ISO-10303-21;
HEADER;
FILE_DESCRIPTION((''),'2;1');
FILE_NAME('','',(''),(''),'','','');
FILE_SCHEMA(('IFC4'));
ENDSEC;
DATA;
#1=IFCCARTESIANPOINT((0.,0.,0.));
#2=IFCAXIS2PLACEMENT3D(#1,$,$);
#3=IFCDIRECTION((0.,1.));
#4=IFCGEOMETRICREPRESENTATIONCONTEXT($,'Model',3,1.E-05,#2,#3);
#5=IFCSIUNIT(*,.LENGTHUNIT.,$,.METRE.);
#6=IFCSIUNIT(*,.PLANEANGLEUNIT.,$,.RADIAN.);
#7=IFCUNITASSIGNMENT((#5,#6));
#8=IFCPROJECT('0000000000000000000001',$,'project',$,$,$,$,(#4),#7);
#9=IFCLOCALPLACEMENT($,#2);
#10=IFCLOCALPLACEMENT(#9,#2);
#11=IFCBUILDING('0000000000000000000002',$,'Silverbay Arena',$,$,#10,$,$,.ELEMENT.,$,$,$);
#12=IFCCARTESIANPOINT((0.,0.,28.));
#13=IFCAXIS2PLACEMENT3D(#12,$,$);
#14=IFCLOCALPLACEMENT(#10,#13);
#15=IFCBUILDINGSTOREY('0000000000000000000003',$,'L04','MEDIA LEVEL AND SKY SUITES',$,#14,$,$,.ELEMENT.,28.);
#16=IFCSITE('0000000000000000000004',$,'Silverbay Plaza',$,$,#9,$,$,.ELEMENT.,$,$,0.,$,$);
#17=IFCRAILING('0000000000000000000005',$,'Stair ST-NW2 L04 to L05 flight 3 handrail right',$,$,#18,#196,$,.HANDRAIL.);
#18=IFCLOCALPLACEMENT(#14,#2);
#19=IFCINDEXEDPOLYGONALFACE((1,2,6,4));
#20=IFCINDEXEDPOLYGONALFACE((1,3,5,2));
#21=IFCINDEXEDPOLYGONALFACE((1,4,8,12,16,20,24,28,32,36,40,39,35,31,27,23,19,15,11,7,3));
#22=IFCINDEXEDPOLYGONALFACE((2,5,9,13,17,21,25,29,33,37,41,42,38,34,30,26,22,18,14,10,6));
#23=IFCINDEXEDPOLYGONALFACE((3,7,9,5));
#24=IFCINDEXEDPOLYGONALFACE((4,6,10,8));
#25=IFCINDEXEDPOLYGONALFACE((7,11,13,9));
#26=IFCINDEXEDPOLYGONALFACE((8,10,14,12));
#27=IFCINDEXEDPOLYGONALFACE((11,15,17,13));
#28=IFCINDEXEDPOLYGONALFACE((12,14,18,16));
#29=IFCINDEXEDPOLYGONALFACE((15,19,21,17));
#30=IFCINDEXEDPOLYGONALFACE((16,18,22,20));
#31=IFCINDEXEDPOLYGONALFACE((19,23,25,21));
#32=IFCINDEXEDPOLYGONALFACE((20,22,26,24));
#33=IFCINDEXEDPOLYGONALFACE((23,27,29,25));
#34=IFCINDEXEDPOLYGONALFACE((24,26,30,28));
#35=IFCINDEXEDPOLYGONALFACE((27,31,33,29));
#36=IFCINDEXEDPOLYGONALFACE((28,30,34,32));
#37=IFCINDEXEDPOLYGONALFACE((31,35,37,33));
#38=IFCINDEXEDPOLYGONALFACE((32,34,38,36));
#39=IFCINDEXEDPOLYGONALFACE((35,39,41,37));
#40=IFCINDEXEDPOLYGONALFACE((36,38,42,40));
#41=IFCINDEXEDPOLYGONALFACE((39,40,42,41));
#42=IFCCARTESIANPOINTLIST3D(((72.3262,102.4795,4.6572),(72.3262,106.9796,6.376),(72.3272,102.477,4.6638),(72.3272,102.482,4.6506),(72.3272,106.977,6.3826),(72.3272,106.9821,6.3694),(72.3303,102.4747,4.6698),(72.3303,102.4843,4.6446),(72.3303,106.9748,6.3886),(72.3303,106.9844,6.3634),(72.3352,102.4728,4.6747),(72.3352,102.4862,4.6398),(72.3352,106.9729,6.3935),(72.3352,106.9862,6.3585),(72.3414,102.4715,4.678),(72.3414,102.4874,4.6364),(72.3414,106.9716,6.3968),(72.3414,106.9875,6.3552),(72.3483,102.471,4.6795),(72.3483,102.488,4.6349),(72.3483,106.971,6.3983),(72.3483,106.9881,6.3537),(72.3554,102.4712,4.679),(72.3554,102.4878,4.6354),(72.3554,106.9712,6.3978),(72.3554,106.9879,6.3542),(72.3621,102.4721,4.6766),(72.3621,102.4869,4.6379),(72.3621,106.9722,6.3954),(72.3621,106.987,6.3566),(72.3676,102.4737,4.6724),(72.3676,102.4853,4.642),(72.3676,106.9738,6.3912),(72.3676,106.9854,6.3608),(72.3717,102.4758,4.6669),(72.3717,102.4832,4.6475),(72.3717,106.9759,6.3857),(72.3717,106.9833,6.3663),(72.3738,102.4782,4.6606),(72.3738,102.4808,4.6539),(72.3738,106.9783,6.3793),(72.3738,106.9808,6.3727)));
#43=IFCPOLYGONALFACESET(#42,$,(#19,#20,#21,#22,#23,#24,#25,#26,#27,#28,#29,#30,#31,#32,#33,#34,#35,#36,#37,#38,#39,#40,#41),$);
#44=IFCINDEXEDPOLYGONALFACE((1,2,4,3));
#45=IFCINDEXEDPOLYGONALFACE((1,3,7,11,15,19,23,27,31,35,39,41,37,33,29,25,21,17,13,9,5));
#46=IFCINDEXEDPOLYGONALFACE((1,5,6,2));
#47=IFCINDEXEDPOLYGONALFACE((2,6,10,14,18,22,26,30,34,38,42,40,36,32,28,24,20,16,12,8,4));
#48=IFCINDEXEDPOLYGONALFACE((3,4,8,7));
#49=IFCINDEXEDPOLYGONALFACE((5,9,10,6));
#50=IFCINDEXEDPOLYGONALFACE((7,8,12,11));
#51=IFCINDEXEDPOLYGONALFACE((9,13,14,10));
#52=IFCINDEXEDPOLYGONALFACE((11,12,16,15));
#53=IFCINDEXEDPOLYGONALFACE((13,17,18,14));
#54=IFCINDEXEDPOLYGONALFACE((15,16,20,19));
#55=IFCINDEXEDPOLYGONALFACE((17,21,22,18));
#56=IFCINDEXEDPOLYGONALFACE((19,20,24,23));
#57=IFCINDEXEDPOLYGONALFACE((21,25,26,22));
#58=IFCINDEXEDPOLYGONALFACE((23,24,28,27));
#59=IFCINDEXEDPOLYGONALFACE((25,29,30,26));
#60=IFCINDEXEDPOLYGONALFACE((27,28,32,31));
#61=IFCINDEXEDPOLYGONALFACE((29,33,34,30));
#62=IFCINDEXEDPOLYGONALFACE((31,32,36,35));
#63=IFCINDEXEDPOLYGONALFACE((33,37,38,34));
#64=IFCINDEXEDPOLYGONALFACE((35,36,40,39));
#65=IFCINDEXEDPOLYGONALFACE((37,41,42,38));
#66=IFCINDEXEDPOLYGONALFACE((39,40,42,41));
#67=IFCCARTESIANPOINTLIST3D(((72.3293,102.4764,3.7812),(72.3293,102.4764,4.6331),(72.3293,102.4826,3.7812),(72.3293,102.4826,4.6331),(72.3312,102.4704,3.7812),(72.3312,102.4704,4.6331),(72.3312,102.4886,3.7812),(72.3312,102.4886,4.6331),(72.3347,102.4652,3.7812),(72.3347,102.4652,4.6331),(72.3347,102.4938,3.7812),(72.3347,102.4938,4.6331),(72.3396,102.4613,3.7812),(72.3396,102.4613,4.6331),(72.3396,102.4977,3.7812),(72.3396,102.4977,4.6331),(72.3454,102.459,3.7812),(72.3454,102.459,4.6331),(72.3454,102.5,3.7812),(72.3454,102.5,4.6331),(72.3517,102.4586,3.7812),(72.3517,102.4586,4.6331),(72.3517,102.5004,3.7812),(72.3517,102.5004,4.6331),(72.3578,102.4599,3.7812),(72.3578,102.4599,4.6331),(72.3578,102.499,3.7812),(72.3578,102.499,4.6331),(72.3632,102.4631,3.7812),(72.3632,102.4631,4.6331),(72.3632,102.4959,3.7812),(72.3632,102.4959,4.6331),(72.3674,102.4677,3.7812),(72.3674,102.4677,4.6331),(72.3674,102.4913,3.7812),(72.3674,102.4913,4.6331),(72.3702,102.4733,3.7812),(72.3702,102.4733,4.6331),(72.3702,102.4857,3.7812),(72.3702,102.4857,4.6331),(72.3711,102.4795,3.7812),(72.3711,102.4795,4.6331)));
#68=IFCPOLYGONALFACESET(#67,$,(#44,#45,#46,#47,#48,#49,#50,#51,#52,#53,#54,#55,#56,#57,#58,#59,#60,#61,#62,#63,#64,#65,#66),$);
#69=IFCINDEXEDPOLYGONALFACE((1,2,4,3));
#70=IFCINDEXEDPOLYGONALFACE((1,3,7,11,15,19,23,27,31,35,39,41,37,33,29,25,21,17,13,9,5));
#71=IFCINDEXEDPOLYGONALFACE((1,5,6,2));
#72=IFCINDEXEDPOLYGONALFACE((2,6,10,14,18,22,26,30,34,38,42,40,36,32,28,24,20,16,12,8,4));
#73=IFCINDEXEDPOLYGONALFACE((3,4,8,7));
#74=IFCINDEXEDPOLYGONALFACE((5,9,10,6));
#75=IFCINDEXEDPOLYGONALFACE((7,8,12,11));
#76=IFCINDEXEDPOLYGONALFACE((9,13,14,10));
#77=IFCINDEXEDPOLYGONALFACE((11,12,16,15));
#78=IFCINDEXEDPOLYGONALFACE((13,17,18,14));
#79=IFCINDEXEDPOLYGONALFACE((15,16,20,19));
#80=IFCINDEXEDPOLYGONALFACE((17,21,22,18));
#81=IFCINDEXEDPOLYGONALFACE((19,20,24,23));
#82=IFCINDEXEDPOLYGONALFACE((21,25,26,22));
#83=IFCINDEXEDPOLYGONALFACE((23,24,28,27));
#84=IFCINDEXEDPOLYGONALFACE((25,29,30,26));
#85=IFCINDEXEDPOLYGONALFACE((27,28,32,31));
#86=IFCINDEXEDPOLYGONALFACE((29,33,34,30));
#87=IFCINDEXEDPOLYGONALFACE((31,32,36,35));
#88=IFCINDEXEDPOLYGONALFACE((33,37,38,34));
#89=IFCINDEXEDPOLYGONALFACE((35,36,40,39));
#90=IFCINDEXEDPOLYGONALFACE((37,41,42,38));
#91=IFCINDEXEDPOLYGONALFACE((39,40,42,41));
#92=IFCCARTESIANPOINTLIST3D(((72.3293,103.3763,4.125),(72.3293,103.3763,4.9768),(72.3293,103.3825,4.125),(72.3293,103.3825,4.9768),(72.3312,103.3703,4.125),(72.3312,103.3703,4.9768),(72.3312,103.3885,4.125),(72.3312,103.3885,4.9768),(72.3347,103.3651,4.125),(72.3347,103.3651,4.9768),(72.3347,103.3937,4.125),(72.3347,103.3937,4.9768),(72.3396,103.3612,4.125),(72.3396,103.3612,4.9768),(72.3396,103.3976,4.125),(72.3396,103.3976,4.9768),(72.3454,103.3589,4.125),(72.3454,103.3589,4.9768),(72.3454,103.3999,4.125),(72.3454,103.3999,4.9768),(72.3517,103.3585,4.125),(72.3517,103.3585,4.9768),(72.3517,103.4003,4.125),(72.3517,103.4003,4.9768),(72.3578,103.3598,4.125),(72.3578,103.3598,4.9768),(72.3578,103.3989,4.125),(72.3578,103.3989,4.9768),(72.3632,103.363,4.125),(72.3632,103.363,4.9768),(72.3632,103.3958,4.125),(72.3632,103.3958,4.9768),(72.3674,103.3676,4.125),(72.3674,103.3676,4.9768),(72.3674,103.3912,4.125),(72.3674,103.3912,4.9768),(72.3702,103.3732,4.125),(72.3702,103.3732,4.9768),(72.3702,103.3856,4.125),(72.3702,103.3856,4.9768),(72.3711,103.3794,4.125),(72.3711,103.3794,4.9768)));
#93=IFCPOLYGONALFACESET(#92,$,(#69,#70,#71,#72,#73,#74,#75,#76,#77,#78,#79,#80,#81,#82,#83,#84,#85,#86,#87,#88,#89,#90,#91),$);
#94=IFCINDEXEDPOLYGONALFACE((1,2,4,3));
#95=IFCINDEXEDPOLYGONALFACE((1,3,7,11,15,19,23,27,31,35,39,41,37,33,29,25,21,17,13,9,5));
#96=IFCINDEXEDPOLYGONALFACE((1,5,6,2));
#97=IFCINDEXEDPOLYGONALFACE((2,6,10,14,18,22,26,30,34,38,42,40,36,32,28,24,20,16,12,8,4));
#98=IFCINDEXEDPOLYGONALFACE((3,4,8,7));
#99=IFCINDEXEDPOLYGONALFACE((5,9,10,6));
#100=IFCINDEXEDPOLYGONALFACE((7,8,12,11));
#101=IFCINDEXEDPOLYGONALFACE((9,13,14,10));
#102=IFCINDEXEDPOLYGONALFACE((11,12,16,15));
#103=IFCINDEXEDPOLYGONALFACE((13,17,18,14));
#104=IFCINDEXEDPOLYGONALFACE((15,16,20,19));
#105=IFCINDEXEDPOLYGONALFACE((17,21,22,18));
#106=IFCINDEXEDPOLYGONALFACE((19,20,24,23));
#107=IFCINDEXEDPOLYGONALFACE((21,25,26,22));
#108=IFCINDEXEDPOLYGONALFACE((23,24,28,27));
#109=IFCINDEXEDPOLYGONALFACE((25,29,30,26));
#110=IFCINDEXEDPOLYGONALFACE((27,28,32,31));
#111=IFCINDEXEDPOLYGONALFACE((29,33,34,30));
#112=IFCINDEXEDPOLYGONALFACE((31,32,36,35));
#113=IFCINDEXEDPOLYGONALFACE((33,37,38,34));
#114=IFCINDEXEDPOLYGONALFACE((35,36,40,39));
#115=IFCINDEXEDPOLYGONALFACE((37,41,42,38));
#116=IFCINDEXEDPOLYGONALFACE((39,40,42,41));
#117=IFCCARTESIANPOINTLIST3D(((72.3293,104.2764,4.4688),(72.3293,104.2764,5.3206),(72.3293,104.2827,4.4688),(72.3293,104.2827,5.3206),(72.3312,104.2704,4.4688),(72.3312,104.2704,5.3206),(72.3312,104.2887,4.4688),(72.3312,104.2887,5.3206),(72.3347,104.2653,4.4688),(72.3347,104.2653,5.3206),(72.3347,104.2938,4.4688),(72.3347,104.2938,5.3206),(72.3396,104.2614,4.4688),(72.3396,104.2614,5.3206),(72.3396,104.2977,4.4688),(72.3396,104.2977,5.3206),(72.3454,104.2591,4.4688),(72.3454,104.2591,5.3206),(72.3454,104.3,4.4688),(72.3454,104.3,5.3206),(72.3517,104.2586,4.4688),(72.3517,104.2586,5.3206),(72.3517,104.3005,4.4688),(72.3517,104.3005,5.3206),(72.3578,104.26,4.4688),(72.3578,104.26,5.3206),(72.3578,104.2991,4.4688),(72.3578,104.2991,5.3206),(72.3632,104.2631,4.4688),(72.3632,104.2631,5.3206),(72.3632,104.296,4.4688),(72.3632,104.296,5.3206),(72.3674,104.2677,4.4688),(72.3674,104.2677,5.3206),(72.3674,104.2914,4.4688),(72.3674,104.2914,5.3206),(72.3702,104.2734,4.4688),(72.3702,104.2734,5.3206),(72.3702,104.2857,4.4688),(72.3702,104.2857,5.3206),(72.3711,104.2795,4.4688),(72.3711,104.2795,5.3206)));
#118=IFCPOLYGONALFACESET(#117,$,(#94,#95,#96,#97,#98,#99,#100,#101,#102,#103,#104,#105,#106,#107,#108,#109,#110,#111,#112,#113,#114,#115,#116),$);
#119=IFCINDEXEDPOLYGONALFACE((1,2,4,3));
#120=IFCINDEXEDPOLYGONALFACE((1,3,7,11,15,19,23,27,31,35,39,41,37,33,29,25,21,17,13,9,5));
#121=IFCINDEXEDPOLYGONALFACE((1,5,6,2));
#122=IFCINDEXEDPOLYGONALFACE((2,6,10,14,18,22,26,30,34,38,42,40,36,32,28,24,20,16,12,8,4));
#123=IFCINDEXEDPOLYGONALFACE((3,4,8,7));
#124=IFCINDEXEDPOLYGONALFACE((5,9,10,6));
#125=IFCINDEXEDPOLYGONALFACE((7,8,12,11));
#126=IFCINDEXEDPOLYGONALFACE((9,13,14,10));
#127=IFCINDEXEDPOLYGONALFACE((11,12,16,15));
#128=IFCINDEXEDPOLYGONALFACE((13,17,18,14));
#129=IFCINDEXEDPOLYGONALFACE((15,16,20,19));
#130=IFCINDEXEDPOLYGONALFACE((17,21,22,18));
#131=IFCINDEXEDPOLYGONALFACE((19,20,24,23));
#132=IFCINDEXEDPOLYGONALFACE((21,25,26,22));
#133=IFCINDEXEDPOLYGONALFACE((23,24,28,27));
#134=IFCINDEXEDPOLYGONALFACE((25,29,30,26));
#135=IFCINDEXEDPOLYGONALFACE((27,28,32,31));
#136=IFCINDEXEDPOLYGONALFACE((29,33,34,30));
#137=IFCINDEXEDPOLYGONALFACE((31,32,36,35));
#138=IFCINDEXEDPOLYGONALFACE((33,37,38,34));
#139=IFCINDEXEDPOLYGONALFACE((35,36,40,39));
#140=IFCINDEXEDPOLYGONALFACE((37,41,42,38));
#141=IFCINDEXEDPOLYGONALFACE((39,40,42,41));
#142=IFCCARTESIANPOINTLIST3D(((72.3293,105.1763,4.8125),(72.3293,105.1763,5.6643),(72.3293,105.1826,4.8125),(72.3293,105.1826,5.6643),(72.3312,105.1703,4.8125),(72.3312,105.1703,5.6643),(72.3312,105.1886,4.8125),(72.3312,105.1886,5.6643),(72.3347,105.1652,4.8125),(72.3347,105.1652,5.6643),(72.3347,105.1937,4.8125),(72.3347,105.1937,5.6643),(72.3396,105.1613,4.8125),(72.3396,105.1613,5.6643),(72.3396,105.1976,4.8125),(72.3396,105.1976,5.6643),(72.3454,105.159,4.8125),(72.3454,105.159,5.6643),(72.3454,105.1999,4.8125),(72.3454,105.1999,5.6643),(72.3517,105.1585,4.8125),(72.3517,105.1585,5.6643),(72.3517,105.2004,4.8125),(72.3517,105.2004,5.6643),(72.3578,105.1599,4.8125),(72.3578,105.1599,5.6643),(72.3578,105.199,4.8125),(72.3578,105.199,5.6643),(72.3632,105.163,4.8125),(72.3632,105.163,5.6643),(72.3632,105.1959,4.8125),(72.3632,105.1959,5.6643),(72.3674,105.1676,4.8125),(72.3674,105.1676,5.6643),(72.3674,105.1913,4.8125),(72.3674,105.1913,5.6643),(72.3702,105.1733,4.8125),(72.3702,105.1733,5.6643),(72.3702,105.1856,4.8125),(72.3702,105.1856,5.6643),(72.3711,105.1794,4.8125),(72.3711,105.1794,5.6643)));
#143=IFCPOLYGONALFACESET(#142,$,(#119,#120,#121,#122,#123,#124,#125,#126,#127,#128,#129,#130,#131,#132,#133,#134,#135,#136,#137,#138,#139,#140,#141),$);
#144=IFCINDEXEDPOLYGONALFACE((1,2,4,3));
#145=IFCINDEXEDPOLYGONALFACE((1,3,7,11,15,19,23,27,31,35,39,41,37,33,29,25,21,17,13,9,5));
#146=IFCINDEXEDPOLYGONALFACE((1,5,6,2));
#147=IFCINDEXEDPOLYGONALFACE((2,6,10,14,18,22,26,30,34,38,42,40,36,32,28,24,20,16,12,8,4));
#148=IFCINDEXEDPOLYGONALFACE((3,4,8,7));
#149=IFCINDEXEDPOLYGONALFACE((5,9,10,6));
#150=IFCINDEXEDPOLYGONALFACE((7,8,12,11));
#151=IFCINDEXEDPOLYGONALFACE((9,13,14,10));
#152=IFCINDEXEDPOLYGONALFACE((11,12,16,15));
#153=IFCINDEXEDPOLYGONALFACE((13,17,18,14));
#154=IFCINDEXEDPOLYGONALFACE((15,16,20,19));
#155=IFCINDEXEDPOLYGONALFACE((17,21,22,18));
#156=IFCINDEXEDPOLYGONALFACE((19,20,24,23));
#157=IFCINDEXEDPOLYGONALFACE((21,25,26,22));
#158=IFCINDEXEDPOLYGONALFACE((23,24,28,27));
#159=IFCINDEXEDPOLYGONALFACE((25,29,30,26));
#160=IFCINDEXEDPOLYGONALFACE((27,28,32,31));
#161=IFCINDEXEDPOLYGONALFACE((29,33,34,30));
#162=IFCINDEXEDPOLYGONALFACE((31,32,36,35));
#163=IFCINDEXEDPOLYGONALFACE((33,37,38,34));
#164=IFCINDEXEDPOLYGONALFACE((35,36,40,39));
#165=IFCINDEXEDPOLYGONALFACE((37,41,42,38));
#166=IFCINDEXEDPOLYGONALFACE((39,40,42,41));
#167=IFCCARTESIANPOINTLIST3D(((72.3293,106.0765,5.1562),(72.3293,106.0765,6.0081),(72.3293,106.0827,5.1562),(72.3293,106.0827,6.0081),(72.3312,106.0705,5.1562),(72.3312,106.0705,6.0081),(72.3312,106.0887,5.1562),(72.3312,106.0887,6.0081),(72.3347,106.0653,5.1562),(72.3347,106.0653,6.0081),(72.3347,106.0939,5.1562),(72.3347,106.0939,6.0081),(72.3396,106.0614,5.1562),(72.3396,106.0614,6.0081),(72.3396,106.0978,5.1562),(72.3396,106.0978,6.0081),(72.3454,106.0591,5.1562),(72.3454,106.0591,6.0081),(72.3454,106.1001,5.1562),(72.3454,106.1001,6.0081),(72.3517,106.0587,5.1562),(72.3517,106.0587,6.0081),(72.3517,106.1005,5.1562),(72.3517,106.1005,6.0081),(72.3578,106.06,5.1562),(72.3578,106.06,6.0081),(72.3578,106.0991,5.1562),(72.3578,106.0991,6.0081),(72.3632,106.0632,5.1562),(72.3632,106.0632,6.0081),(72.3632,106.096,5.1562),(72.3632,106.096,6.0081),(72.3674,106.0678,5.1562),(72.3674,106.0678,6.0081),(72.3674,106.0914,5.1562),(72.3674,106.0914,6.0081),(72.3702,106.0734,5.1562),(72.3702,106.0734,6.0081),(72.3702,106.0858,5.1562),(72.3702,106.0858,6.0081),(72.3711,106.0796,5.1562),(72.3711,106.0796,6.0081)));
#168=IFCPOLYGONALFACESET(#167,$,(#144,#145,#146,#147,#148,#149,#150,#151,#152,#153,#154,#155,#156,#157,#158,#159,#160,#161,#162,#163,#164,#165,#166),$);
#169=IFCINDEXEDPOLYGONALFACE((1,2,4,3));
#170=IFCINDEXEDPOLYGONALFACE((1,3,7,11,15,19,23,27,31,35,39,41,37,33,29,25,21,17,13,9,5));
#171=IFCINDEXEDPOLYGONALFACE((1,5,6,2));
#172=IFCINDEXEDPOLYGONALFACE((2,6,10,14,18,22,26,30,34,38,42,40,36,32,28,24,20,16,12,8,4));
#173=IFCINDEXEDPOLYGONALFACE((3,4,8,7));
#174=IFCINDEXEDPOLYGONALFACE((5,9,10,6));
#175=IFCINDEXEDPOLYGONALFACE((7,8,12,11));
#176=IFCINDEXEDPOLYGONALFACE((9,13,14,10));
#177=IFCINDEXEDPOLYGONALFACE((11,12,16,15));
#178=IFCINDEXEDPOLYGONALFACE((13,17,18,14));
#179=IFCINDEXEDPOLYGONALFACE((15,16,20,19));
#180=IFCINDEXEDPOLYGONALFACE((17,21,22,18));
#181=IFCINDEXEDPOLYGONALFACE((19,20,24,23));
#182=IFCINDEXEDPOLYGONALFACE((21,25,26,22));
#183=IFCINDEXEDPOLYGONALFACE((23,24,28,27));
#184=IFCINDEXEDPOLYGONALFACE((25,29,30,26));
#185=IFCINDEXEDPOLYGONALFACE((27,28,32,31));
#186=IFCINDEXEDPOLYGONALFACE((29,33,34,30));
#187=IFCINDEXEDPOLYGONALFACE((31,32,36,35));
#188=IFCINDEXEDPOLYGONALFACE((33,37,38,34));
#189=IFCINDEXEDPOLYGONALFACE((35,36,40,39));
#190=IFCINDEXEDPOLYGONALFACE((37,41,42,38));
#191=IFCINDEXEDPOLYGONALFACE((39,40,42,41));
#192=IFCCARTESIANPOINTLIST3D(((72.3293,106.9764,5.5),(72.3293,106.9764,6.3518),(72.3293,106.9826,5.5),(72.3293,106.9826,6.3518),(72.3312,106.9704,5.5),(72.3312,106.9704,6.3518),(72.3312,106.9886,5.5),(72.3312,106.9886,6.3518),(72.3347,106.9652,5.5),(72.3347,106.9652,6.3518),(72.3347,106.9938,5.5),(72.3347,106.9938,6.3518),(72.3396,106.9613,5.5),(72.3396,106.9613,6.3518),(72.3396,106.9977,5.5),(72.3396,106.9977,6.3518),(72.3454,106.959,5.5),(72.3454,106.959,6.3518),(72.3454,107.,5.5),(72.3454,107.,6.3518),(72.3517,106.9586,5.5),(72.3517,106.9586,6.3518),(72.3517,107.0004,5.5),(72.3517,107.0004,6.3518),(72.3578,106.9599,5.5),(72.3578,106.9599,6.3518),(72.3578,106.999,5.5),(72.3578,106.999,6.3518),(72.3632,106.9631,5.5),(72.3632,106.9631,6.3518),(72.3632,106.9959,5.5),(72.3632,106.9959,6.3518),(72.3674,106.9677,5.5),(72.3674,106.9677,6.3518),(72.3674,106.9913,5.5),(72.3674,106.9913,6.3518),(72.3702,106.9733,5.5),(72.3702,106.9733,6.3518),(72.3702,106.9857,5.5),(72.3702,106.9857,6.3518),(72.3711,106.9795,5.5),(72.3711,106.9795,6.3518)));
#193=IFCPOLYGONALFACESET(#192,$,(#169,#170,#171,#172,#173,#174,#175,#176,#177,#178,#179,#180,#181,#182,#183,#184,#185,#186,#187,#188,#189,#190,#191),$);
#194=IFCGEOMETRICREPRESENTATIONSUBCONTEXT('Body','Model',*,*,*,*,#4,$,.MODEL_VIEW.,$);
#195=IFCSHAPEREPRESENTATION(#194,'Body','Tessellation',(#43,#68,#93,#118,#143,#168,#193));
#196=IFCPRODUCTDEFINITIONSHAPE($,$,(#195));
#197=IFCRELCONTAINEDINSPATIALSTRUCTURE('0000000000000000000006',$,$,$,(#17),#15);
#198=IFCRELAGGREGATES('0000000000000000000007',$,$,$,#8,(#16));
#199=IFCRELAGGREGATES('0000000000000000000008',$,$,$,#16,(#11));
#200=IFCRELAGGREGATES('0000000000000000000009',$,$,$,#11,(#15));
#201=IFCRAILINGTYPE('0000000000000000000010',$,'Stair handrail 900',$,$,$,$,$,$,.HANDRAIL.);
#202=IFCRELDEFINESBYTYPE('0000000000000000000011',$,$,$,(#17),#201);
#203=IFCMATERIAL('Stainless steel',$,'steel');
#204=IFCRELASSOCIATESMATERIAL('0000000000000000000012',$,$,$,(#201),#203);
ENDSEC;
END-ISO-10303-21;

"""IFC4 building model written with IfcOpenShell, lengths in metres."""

from ifc_helpers import new_model, si_unit, direction, frame, origin, origin_2d, place, context, subcontext, project, spatial, circle, extrude, material, type_object, element, save


model = new_model("IFC4")

# Units and contexts
model_context = context("Model", 3, precision=1e-05, world=origin(), true_north=direction((0.0, 1.0)))
body_context = subcontext(model_context, "Body", "Model", "MODEL_VIEW")
ifc_project = project(units=[si_unit("LENGTHUNIT", "METRE"), si_unit("PLANEANGLEUNIT", "RADIAN")], contexts=[model_context])

# Site, building, storey
site_placement = place(None, origin())
site = spatial("IfcSite", under=ifc_project, at=site_placement, Name="Silverbay Plaza", CompositionType="ELEMENT", RefElevation=0.0)
building_placement = place(site_placement, origin())
building = spatial("IfcBuilding", under=site, at=building_placement, Name="Silverbay Arena", CompositionType="ELEMENT")
storey_placement = place(building_placement, frame((0.0, 0.0, 28.0)))
storey = spatial("IfcBuildingStorey", under=building, at=storey_placement, Name="L04", Description="MEDIA LEVEL AND SKY SUITES", CompositionType="ELEMENT", Elevation=28.0)

# Railing
ifc_material_1 = material(Name="Stainless steel", Category="steel")
railing_type_1 = type_object("IfcRailingType", Name="Stair handrail 900", PredefinedType="HANDRAIL", material=ifc_material_1)
for number, where, name in (
    (1, (72.3501, 102.4795, 3.7812), "Stair ST-NW2 L04 to L05 flight 3 handrail right"),
):
    element("IfcRailing", number, at=place(storey_placement, frame(where)), inside=storey, type_object=railing_type_1, Name=name, PredefinedType="HANDRAIL", context=body_context, shape_type="SweptSolid", body=[
        extrude(circle(Radius=0.0239, at=origin_2d()), frame((0.0, 0.0, 0.876), z_axis=(0.0, 0.934179, 0.356805), x_axis=(-1.0, 0.0, 0.0)), (0.0, 0.0, 1.0), 4.8171),
        extrude(circle(Radius=0.021, at=origin_2d()), origin(), (0.0, 0.0, 1.0), 0.8518),
        extrude(circle(Radius=0.021, at=origin_2d()), frame((0.0, 0.8999, 0.3438)), (0.0, 0.0, 1.0), 0.8518),
        extrude(circle(Radius=0.021, at=origin_2d()), frame((0.0, 1.8, 0.6875)), (0.0, 0.0, 1.0), 0.8518),
        extrude(circle(Radius=0.021, at=origin_2d()), frame((0.0, 2.7, 1.0312)), (0.0, 0.0, 1.0), 0.8518),
        extrude(circle(Radius=0.021, at=origin_2d()), frame((0.0, 3.6001, 1.375)), (0.0, 0.0, 1.0), 0.8518),
        extrude(circle(Radius=0.021, at=origin_2d()), frame((0.0, 4.5, 1.7188)), (0.0, 0.0, 1.0), 0.8518),
    ])

save(model, "model.ifc")
